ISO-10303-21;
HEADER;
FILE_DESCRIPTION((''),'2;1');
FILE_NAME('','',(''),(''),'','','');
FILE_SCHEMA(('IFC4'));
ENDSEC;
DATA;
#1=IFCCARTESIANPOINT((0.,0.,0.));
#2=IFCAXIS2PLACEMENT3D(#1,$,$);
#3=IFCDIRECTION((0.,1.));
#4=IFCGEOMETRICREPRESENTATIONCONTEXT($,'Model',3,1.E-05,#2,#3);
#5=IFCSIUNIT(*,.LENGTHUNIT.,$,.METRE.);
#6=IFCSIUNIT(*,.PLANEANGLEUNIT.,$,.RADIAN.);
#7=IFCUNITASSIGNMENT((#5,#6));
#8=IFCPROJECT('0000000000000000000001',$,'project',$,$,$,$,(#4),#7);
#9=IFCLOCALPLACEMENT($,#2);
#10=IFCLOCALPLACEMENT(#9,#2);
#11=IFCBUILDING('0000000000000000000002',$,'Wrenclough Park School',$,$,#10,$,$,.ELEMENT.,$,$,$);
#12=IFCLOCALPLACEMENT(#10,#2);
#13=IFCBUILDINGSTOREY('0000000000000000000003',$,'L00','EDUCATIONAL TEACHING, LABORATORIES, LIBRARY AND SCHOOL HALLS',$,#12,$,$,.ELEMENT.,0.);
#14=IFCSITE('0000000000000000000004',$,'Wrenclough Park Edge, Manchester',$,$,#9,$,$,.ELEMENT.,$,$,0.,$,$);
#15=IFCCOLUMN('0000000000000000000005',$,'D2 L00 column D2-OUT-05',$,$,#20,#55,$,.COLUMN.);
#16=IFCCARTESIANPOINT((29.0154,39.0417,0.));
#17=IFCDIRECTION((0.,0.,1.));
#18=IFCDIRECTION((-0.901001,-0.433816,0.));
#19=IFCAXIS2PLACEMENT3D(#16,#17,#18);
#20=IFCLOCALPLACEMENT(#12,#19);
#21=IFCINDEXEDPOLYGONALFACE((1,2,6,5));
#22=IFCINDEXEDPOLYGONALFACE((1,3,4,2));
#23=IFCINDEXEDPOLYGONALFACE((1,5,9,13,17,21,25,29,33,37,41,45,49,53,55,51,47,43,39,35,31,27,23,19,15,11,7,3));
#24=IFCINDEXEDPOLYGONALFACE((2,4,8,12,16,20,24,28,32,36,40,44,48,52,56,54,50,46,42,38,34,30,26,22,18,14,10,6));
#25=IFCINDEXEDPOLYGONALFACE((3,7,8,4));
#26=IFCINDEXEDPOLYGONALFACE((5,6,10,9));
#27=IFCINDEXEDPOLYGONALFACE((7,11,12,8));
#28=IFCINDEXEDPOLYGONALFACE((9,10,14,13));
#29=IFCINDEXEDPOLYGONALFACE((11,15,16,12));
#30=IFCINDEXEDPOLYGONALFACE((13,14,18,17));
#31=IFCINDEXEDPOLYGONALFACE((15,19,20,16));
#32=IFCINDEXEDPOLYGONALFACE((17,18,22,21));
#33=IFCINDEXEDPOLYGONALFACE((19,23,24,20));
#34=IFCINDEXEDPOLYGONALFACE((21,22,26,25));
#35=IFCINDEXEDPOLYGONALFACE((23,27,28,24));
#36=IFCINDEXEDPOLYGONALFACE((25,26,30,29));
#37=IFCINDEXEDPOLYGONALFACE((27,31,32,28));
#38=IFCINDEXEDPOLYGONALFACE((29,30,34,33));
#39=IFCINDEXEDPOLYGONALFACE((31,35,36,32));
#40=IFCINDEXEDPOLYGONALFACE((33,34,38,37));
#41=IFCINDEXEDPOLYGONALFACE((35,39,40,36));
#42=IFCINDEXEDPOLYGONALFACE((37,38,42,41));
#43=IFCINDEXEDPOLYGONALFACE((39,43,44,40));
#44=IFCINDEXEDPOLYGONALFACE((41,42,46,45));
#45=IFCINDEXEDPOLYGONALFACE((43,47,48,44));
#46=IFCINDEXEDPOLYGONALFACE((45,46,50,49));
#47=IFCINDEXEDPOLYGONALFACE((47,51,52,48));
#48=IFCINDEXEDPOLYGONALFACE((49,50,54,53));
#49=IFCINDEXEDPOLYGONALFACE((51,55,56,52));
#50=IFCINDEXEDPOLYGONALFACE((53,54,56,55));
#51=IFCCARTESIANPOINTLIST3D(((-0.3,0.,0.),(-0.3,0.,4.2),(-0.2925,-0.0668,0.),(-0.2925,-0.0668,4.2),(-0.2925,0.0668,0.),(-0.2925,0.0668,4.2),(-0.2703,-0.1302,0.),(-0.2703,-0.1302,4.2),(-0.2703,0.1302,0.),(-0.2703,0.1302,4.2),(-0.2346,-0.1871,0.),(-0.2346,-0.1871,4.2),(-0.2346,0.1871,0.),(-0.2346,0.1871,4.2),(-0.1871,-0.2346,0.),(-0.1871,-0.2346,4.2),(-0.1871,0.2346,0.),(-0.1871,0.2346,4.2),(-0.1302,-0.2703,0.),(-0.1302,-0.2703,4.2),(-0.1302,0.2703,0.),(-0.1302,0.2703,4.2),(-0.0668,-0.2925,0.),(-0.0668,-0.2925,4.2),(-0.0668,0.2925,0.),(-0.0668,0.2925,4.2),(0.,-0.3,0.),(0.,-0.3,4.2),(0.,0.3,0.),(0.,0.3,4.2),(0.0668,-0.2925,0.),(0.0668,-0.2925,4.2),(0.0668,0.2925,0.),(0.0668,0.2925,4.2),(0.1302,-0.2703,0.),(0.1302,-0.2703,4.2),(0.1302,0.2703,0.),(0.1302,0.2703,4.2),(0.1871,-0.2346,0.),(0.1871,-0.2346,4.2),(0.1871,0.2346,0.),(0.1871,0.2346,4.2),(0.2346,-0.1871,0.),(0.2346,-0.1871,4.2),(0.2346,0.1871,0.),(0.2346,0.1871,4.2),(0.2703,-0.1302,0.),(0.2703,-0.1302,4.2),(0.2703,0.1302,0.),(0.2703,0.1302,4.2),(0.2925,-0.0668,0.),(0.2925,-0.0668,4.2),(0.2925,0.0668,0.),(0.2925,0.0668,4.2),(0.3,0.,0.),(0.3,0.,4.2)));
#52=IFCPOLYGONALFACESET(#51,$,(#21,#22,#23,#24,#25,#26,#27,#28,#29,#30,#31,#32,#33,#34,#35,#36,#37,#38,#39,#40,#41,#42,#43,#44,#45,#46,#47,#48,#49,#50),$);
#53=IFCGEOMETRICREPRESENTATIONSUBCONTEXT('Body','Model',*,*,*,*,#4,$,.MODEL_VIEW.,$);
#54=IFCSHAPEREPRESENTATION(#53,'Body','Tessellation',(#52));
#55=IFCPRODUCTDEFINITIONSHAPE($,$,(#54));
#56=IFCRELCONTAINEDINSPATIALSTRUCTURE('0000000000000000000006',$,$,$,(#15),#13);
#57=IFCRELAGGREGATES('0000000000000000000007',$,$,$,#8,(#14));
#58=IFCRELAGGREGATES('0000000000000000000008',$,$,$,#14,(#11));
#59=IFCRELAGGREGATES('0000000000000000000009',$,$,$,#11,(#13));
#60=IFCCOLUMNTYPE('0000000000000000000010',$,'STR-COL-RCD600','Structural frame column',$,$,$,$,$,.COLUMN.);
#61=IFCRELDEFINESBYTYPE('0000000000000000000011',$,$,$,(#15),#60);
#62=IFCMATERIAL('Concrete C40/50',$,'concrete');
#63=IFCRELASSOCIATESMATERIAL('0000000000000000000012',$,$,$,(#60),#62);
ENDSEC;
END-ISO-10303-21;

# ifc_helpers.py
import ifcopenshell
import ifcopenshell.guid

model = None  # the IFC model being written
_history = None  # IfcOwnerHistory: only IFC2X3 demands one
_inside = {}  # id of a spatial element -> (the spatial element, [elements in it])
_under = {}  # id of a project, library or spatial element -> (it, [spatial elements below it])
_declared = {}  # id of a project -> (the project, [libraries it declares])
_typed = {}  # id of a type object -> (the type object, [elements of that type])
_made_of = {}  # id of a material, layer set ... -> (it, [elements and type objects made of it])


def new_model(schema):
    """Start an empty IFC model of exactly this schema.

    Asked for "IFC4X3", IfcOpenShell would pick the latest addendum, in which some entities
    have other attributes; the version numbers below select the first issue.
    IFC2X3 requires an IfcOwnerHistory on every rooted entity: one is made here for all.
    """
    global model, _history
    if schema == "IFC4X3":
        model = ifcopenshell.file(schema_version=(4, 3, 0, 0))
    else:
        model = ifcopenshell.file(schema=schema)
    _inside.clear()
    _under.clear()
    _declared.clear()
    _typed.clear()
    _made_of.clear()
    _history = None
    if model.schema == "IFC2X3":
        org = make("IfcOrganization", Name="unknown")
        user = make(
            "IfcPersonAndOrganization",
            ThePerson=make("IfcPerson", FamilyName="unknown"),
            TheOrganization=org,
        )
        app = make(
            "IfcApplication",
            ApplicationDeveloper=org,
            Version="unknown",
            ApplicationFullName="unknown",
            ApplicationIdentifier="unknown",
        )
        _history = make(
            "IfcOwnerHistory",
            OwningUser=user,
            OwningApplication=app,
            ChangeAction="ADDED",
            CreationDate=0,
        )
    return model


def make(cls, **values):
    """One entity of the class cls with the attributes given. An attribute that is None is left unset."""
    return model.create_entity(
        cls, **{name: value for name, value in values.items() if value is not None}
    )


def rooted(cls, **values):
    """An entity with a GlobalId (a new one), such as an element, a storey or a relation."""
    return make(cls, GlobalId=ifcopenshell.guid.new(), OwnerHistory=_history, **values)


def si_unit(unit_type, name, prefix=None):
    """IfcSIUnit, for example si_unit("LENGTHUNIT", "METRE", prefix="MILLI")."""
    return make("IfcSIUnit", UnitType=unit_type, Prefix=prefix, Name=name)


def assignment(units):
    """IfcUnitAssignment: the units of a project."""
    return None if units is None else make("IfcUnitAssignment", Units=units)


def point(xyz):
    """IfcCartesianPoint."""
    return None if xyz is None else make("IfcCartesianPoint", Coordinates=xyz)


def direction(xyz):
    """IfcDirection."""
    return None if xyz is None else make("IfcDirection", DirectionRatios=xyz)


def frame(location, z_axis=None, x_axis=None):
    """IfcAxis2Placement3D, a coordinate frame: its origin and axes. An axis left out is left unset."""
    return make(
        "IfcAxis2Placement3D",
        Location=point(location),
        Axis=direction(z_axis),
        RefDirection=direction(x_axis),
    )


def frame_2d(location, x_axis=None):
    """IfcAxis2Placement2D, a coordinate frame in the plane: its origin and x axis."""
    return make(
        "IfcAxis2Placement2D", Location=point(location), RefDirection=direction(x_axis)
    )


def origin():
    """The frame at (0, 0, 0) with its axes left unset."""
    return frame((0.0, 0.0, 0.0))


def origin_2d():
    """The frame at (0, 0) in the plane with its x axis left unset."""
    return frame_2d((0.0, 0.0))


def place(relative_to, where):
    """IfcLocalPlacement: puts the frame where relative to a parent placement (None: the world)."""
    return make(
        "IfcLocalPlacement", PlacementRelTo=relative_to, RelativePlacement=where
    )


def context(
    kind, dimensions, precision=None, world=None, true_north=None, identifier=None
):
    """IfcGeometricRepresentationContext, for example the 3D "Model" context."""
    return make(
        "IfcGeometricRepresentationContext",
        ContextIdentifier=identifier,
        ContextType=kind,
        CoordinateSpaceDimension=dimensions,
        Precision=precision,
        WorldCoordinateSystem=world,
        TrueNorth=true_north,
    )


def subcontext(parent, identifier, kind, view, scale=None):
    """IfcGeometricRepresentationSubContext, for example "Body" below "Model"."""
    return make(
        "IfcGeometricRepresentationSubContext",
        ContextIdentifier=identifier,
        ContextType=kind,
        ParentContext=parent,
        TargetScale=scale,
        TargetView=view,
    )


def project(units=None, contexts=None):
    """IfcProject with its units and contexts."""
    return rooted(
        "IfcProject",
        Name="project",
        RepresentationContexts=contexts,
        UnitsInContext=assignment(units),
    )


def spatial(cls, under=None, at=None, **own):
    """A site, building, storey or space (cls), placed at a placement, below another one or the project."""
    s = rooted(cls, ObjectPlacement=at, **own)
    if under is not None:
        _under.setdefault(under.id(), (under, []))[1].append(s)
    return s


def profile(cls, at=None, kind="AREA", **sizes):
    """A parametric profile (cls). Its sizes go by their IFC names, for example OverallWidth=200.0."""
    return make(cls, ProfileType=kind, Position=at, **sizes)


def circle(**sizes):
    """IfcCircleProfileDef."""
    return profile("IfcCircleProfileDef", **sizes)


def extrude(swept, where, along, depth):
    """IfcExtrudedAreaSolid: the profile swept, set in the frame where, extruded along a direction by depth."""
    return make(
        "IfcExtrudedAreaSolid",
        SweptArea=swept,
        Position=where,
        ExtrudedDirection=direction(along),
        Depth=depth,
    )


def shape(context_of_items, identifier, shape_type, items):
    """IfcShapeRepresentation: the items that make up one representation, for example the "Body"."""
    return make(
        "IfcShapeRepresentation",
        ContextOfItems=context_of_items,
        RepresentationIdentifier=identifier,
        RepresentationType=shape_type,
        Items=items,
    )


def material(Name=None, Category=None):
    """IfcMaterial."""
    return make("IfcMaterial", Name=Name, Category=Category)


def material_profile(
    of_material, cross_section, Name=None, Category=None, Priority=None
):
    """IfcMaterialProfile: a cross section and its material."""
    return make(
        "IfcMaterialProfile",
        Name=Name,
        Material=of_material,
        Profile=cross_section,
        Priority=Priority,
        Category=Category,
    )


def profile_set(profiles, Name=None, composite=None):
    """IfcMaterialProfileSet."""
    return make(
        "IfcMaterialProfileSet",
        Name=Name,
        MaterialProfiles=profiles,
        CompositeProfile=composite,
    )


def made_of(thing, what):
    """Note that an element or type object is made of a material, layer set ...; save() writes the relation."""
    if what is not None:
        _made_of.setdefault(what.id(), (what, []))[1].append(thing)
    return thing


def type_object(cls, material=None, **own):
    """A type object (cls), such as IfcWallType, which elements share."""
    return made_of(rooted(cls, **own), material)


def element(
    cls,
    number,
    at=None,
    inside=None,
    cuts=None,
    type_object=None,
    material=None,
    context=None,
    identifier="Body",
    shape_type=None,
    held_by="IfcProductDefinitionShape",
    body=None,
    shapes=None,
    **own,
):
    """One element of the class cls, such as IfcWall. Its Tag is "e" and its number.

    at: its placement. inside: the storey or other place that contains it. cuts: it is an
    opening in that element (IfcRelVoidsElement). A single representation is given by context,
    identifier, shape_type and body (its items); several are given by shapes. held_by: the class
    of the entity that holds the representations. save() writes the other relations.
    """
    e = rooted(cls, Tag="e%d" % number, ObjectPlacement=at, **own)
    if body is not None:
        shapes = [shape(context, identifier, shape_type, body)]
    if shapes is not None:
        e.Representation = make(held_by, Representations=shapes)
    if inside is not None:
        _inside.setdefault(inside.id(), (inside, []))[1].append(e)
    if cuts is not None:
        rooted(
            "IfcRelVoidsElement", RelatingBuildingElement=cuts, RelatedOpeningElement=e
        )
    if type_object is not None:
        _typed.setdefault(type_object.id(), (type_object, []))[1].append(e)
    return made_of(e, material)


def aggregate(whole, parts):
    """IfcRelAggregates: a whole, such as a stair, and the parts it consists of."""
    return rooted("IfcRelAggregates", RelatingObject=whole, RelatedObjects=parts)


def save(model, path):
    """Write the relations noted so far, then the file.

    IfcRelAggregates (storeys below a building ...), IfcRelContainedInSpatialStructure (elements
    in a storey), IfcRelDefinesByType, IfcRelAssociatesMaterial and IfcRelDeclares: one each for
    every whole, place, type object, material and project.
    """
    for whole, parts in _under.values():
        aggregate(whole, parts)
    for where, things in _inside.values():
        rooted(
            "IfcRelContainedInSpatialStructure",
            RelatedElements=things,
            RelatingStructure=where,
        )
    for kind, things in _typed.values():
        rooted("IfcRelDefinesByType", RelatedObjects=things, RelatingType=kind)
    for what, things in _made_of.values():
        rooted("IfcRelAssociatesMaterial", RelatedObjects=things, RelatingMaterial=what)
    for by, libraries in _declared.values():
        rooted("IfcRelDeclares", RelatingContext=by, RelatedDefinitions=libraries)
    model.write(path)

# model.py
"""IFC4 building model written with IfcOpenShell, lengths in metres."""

from ifc_helpers import new_model, si_unit, direction, frame, origin, origin_2d, place, context, subcontext, project, spatial, circle, extrude, material, material_profile, profile_set, type_object, element, save


model = new_model("IFC4")

# Units and contexts
model_context = context("Model", 3, precision=1e-05, world=origin(), true_north=direction((0.0, 1.0)))
body_context = subcontext(model_context, "Body", "Model", "MODEL_VIEW")
ifc_project = project(units=[si_unit("LENGTHUNIT", "METRE"), si_unit("PLANEANGLEUNIT", "RADIAN")], contexts=[model_context])

# Site, building, storey
site_placement = place(None, origin())
site = spatial("IfcSite", under=ifc_project, at=site_placement, Name="Wrenclough Park Edge, Manchester", CompositionType="ELEMENT", RefElevation=0.0)
building_placement = place(site_placement, origin())
building = spatial("IfcBuilding", under=site, at=building_placement, Name="Wrenclough Park School", CompositionType="ELEMENT")
storey_placement = place(building_placement, origin())
storey = spatial("IfcBuildingStorey", under=building, at=storey_placement, Name="L00", Description="EDUCATIONAL TEACHING, LABORATORIES, LIBRARY AND SCHOOL HALLS", CompositionType="ELEMENT", Elevation=0.0)

# Shared definitions
ifc_material_1 = material(Name="Concrete C40/50", Category="concrete")

# Column
ifc_material_profile_1 = material_profile(ifc_material_1, circle(Radius=0.3, at=origin_2d()), Name="RC COL D600")
ifc_profile_set_1 = profile_set([ifc_material_profile_1], Name="Concrete C40/50")
column_type = type_object("IfcColumnType", Name="STR-COL-RCD600", Description="Structural frame column", PredefinedType="COLUMN", material=ifc_profile_set_1)
column_placement = place(storey_placement, frame((29.0154, 39.0417, 0.0), z_axis=(0.0, 0.0, 1.0), x_axis=(-0.901001, -0.433816, 0.0)))
element("IfcColumn", 1, at=column_placement, inside=storey, type_object=column_type, Name="D2 L00 column D2-OUT-05", PredefinedType="COLUMN", context=body_context, shape_type="SweptSolid", body=[
    extrude(circle(Radius=0.3, at=origin_2d()), origin(), (0.0, 0.0, 1.0), 4.2),
])

save(model, "model.ifc")
